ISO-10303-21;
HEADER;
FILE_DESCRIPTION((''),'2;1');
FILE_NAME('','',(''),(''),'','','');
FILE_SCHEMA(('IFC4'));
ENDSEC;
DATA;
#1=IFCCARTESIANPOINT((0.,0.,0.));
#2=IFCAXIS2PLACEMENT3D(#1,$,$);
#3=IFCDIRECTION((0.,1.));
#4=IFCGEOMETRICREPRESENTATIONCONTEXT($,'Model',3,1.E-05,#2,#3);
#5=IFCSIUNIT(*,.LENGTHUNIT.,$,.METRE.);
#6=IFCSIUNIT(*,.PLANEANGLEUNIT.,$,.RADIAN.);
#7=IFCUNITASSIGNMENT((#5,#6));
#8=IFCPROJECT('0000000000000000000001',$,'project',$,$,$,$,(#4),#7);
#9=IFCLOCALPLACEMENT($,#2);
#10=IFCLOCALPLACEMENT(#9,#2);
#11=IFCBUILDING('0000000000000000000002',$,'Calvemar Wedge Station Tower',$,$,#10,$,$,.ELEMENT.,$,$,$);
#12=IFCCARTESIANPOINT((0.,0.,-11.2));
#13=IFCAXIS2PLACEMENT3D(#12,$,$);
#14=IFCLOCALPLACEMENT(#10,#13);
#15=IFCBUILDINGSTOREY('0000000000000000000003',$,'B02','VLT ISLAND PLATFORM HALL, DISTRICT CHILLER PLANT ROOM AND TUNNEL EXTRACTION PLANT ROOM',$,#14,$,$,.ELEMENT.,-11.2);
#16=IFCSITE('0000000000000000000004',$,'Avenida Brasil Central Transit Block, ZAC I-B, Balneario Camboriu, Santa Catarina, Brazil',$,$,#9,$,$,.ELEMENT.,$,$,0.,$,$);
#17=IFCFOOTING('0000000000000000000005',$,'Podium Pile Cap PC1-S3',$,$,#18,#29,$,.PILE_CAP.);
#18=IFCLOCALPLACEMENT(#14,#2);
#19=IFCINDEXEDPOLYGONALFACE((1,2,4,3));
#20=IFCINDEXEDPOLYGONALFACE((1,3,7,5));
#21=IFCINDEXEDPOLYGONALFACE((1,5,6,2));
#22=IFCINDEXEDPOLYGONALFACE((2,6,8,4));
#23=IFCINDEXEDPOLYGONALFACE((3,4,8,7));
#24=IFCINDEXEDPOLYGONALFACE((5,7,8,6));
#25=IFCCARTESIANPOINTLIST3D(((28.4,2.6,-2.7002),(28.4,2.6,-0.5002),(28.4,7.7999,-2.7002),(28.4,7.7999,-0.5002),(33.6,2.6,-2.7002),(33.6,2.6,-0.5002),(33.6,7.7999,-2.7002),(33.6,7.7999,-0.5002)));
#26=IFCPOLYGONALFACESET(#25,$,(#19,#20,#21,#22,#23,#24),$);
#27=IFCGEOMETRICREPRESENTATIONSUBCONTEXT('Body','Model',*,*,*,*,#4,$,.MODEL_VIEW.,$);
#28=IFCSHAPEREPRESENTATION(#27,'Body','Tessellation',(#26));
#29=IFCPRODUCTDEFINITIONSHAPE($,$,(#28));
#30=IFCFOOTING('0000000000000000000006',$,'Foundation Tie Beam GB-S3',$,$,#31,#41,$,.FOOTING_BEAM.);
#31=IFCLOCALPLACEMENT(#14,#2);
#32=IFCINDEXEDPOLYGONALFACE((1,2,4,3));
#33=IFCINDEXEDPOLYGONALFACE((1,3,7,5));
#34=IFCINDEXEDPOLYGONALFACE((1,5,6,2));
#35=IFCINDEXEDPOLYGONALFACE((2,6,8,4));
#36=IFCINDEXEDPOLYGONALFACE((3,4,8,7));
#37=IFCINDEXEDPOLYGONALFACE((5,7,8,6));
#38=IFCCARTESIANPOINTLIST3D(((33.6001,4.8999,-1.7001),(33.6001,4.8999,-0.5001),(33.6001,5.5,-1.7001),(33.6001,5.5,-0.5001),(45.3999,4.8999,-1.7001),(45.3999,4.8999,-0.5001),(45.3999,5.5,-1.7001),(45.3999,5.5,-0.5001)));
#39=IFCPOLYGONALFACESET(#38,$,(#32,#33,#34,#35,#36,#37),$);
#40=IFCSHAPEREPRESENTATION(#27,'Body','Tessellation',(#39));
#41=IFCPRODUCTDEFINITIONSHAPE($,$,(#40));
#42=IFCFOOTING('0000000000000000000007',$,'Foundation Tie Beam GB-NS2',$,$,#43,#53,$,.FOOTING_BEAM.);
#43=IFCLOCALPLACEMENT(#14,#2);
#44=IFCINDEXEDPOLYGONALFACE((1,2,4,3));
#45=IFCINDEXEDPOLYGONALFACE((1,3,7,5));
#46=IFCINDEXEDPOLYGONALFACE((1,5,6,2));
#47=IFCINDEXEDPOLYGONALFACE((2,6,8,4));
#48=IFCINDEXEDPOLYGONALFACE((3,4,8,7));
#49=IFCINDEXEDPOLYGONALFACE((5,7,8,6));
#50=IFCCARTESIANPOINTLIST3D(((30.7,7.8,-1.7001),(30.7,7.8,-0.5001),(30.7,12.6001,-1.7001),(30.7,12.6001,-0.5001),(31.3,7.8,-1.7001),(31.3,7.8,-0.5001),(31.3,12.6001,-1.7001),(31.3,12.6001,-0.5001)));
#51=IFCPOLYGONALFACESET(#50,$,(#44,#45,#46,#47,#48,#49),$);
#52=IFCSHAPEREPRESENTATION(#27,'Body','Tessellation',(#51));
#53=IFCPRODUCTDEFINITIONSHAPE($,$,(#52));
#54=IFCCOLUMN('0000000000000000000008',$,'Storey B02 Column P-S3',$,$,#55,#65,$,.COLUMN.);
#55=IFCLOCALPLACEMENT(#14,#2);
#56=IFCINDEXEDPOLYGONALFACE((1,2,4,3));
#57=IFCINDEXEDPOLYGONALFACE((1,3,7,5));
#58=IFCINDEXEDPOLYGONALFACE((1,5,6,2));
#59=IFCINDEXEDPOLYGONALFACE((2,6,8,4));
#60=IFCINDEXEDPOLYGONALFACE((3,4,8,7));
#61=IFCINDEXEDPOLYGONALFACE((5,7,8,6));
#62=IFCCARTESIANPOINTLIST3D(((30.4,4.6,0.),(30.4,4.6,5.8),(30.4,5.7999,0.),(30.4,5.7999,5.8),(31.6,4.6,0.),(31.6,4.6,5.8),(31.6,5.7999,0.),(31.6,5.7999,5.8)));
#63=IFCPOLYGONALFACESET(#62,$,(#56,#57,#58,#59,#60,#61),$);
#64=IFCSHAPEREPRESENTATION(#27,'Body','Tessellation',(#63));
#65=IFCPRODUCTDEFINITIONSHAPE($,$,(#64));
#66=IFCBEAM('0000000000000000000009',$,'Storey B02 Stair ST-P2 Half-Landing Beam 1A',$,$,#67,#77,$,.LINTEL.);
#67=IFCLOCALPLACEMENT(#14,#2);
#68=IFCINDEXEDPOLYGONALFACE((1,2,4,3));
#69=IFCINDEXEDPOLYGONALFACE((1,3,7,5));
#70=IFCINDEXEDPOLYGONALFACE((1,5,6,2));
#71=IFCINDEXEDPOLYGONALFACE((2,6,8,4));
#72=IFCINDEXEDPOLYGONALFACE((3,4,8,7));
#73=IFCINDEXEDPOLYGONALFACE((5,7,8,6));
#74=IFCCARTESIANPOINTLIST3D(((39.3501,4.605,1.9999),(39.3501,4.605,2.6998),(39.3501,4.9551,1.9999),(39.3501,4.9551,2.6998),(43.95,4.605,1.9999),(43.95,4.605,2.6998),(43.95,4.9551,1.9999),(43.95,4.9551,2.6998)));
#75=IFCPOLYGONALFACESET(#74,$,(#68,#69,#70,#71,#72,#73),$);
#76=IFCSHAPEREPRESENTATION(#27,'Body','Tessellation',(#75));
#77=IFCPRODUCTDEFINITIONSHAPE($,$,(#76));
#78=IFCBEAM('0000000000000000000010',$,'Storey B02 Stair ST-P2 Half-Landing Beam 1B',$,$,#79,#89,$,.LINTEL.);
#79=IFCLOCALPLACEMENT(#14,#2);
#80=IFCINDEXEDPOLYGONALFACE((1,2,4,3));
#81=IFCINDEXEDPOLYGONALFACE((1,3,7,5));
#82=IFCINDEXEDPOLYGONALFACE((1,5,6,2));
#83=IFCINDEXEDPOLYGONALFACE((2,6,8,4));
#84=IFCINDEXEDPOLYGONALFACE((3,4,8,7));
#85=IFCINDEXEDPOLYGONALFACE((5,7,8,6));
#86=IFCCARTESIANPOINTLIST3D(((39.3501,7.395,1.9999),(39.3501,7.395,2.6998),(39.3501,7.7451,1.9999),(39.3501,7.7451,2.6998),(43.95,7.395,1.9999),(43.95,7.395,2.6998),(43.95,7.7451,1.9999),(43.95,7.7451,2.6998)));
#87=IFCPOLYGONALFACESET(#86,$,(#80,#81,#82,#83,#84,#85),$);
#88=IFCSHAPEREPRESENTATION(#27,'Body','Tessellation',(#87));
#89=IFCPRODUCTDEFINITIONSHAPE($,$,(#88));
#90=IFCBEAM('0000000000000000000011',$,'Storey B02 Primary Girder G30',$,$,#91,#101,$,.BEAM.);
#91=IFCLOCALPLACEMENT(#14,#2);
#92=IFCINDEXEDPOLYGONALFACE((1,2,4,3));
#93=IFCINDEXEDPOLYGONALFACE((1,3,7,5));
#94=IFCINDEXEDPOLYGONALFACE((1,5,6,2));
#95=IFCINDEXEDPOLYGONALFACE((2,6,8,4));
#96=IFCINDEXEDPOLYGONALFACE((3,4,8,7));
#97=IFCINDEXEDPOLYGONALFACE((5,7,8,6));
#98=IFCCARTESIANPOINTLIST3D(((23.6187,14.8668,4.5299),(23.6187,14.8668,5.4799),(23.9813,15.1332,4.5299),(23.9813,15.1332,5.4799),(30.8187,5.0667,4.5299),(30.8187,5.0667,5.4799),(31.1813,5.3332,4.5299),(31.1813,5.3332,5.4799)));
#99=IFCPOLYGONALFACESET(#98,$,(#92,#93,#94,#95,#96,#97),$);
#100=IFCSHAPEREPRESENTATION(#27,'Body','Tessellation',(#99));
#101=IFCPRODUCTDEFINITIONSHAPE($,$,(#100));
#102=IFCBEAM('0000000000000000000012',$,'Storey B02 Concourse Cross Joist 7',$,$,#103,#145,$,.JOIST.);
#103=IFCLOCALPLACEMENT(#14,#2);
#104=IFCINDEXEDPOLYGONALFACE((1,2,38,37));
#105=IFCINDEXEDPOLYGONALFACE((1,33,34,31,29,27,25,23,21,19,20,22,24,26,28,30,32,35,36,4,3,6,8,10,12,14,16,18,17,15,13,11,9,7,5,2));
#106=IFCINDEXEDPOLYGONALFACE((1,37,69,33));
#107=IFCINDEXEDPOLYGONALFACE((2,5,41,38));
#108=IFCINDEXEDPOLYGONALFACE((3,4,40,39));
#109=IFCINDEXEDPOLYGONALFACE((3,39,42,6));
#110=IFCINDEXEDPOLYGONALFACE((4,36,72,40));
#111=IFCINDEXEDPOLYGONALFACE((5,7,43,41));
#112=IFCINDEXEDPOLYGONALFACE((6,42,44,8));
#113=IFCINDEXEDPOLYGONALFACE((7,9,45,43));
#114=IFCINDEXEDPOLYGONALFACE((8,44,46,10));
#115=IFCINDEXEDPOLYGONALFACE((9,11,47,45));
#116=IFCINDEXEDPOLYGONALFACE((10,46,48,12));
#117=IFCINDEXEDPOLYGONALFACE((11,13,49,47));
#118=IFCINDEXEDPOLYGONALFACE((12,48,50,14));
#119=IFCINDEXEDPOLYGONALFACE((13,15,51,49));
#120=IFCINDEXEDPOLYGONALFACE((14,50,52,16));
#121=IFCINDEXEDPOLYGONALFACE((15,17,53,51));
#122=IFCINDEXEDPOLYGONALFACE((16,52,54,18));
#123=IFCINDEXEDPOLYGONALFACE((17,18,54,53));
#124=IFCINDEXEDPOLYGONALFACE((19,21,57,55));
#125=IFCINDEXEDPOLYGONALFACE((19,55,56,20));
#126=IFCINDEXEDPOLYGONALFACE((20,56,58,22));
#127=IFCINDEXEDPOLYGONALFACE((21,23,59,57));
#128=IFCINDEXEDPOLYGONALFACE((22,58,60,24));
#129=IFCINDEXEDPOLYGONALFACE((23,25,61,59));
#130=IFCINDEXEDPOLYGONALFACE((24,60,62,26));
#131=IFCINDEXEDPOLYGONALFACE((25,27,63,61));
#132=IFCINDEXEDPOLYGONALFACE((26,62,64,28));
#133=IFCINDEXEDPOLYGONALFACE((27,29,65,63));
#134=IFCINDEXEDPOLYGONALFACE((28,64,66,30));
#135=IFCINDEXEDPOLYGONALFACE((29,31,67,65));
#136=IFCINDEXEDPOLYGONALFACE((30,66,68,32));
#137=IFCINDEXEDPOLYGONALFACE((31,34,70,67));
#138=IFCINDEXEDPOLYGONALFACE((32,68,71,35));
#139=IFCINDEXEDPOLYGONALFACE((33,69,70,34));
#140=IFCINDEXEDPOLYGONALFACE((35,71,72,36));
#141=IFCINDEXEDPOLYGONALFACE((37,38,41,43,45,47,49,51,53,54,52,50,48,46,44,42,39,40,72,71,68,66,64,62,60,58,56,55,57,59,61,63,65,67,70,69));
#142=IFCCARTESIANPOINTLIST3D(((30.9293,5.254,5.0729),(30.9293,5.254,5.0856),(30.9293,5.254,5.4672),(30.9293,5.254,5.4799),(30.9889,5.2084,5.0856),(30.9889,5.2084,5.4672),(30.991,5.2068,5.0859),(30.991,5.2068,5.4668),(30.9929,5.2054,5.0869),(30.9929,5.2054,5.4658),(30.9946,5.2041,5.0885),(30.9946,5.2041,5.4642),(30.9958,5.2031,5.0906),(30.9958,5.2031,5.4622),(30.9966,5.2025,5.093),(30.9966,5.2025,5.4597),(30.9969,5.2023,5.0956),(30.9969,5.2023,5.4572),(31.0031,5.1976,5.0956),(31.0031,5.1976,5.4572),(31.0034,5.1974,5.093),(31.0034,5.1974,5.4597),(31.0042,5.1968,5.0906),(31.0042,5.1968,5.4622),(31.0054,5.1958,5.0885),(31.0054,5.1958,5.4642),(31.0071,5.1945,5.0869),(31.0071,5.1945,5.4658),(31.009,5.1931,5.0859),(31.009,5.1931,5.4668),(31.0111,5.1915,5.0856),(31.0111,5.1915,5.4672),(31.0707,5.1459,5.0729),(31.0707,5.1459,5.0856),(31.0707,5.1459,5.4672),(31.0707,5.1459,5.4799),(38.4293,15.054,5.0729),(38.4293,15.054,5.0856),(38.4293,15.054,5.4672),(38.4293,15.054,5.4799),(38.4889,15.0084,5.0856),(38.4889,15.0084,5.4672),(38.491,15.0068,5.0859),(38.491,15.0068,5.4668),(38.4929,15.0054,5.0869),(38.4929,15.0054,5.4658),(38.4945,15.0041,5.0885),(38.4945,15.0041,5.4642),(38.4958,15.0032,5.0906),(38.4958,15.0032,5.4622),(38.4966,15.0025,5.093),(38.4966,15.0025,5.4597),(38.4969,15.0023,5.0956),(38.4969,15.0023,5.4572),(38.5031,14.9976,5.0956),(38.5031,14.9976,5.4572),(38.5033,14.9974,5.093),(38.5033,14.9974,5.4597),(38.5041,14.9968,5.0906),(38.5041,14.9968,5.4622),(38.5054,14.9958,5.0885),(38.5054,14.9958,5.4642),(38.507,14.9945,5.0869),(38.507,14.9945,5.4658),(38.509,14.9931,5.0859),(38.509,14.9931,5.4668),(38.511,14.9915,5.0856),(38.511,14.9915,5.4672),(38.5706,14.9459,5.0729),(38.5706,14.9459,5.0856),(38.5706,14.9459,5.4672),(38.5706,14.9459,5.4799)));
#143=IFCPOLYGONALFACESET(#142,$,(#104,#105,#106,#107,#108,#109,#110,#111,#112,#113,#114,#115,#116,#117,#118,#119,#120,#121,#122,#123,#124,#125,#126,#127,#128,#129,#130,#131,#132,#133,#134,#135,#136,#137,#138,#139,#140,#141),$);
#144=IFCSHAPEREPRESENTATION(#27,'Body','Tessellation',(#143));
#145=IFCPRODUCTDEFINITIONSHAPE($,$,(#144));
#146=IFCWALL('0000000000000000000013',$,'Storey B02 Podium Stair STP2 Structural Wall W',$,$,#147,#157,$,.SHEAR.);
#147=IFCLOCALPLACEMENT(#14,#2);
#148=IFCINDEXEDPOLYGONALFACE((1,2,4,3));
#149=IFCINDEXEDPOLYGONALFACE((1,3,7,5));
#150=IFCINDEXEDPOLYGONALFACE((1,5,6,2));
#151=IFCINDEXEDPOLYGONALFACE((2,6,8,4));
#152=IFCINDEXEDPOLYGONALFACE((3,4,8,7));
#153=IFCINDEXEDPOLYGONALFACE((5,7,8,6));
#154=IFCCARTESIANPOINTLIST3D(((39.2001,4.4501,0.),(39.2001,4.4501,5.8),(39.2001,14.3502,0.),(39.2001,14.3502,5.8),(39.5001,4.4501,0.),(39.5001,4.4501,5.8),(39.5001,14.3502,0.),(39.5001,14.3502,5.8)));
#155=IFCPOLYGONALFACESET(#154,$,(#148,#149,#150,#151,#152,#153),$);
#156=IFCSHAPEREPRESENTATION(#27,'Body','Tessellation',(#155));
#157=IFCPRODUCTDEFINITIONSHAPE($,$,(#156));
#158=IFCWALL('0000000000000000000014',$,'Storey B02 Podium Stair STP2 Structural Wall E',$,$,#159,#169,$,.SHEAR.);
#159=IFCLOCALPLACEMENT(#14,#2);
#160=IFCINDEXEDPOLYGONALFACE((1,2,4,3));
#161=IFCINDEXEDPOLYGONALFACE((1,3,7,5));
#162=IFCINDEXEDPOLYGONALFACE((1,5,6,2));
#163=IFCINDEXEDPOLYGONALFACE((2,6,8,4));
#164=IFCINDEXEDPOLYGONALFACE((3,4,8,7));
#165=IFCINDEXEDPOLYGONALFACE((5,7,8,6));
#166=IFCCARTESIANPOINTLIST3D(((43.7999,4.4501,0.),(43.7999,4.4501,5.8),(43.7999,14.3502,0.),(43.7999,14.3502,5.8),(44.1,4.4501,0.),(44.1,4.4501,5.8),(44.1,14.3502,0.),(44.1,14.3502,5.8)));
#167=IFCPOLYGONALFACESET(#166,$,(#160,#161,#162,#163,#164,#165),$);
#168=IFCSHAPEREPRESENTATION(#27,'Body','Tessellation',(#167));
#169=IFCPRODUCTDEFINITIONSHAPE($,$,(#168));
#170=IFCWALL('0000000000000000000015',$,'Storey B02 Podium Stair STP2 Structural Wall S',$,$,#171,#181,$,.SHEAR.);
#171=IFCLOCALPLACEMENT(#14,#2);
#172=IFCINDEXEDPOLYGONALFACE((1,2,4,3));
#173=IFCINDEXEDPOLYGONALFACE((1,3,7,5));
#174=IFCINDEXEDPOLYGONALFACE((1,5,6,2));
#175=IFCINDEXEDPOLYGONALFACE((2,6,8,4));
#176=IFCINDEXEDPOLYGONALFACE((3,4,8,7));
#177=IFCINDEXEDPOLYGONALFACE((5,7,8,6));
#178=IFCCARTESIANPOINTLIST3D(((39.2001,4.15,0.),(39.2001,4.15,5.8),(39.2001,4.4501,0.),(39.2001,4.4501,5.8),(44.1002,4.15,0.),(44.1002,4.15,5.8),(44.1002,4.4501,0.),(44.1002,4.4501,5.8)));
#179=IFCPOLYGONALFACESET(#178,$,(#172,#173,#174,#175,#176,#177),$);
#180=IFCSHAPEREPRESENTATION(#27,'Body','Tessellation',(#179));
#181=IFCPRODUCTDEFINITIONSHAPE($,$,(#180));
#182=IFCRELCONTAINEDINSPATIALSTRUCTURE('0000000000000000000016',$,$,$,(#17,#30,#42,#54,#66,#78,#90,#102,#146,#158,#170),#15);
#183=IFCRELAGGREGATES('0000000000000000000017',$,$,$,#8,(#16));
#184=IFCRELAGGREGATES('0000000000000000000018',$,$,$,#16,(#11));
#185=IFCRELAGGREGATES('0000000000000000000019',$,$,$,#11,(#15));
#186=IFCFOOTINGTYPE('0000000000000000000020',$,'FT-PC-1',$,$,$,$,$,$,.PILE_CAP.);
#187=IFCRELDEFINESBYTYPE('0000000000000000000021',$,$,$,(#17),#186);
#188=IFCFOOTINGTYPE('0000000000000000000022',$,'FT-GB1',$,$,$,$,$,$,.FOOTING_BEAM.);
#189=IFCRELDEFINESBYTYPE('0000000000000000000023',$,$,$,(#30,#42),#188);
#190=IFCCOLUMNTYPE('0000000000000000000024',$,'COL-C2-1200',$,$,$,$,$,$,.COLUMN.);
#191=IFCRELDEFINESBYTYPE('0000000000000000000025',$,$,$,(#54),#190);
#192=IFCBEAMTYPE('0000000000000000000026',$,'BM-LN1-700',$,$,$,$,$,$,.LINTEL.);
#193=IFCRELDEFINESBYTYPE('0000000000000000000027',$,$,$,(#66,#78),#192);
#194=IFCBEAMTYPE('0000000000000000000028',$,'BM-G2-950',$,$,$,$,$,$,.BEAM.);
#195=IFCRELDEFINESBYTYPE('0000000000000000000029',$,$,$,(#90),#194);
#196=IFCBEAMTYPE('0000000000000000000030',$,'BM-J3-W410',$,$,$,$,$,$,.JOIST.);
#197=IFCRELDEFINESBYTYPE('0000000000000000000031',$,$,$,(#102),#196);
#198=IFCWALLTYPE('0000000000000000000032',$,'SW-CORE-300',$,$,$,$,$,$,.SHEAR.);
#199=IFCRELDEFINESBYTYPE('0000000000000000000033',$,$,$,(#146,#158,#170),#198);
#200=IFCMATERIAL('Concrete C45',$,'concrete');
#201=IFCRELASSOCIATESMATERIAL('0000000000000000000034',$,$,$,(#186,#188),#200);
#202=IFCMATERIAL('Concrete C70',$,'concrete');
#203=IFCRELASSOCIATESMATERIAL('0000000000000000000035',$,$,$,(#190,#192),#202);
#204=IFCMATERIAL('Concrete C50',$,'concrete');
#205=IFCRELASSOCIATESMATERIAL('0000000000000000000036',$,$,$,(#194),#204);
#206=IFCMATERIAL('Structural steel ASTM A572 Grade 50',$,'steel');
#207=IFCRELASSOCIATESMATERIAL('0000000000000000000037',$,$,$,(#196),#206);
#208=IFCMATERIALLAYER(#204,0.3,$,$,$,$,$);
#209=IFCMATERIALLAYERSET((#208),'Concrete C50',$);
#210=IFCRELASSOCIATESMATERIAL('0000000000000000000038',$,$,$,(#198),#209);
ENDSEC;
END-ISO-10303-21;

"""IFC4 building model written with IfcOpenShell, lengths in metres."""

from ifc_helpers import new_model, si_unit, direction, frame, frame_2d, origin, origin_2d, place, context, subcontext, project, spatial, rectangle, i_section, extrude, source, transform, mapped, material, layer, layer_set, material_profile, profile_set, type_object, element, save


model = new_model("IFC4")

# Units and contexts
model_context = context("Model", 3, precision=1e-05, world=origin(), true_north=direction((0.0, 1.0)))
body_context = subcontext(model_context, "Body", "Model", "MODEL_VIEW")
ifc_project = project(units=[si_unit("LENGTHUNIT", "METRE"), si_unit("PLANEANGLEUNIT", "RADIAN")], contexts=[model_context])

# Site, building, storey
site_placement = place(None, origin())
site = spatial("IfcSite", under=ifc_project, at=site_placement, Name="Avenida Brasil Central Transit Block, ZAC I-B, Balneario Camboriu, Santa Catarina, Brazil", CompositionType="ELEMENT", RefElevation=0.0)
building_placement = place(site_placement, origin())
building = spatial("IfcBuilding", under=site, at=building_placement, Name="Calvemar Wedge Station Tower", CompositionType="ELEMENT")
storey_placement = place(building_placement, frame((0.0, 0.0, -11.2)))
storey = spatial("IfcBuildingStorey", under=building, at=storey_placement, Name="B02", Description="VLT ISLAND PLATFORM HALL, DISTRICT CHILLER PLANT ROOM AND TUNNEL EXTRACTION PLANT ROOM", CompositionType="ELEMENT", Elevation=-11.2)

# Shared definitions
ifc_material_1 = material(Name="Concrete C45", Category="concrete")

# Footings
footing_type_1 = type_object("IfcFootingType", Name="FT-PC-1", PredefinedType="PILE_CAP", material=ifc_material_1)
shared_shape_1 = source(origin(), body_context, "Body", "SweptSolid", [
    extrude(rectangle(XDim=5.2, YDim=5.2, at=origin_2d()), origin(), (0.0, 0.0, 1.0), 2.2),
])
footing_1_placement = place(storey_placement, frame((31.0, 5.2, -2.7002), z_axis=(0.0, 0.0, 1.0), x_axis=(1.0, 0.0, 0.0)))
element("IfcFooting", 1, at=footing_1_placement, inside=storey, type_object=footing_type_1, Name="Podium Pile Cap PC1-S3", PredefinedType="PILE_CAP", context=body_context, shape_type="MappedRepresentation", body=[
    mapped(shared_shape_1, transform((0.0, 0.0, 0.0), scale=1.0)),
])
ifc_material_profile_1 = material_profile(ifc_material_1, rectangle(XDim=0.6001, YDim=1.2, at=origin_2d()), Name="RC600x1200")
ifc_profile_set_1 = profile_set([ifc_material_profile_1], Name="Concrete C45")
footing_type_2 = type_object("IfcFootingType", Name="FT-GB1", PredefinedType="FOOTING_BEAM", material=ifc_profile_set_1)
shared_shape_2 = source(origin(), body_context, "Body", "SweptSolid", [
    extrude(rectangle(XDim=0.6001, YDim=1.2, at=origin_2d()), origin(), (0.0, 0.0, 1.0), 11.7998),
])
footing_2_placement = place(storey_placement, frame((33.6001, 5.2, -1.1001), z_axis=(1.0, 0.0, 0.0), x_axis=(0.0, 1.0, 0.0)))
element("IfcFooting", 2, at=footing_2_placement, inside=storey, type_object=footing_type_2, Name="Foundation Tie Beam GB-S3", PredefinedType="FOOTING_BEAM", context=body_context, shape_type="MappedRepresentation", body=[
    mapped(shared_shape_2, transform((0.0, 0.0, 0.0), scale=1.0)),
])
shared_shape_3 = source(origin(), body_context, "Body", "SweptSolid", [
    extrude(rectangle(XDim=0.6001, YDim=1.2, at=origin_2d()), origin(), (0.0, 0.0, 1.0), 4.8),
])
footing_3_placement = place(storey_placement, frame((31.0, 7.8, -1.1001), z_axis=(0.0, 1.0, 0.0), x_axis=(-1.0, 0.0, 0.0)))
element("IfcFooting", 3, at=footing_3_placement, inside=storey, type_object=footing_type_2, Name="Foundation Tie Beam GB-NS2", PredefinedType="FOOTING_BEAM", context=body_context, shape_type="MappedRepresentation", body=[
    mapped(shared_shape_3, transform((0.0, 0.0, 0.0), scale=1.0)),
])

# Column
ifc_material_2 = material(Name="Concrete C70", Category="concrete")
ifc_material_profile_2 = material_profile(ifc_material_2, rectangle(XDim=1.2, YDim=1.2, at=origin_2d()), Name="RC1200x1200")
ifc_profile_set_2 = profile_set([ifc_material_profile_2], Name="Concrete C70")
column_type = type_object("IfcColumnType", Name="COL-C2-1200", PredefinedType="COLUMN", material=ifc_profile_set_2)
shared_shape_4 = source(origin(), body_context, "Body", "SweptSolid", [
    extrude(rectangle(XDim=1.2, YDim=1.2, at=origin_2d()), origin(), (0.0, 0.0, 1.0), 5.8),
])
column_placement = place(storey_placement, frame((31.0, 5.2, 0.0), z_axis=(0.0, 0.0, 1.0), x_axis=(1.0, 0.0, 0.0)))
element("IfcColumn", 4, at=column_placement, inside=storey, type_object=column_type, Name="Storey B02 Column P-S3", PredefinedType="COLUMN", context=body_context, shape_type="MappedRepresentation", body=[
    mapped(shared_shape_4, transform((0.0, 0.0, 0.0), scale=1.0)),
])

# Beams
ifc_material_profile_3 = material_profile(ifc_material_2, rectangle(XDim=0.3501, YDim=0.7, at=origin_2d()), Name="RC350x700")
ifc_profile_set_3 = profile_set([ifc_material_profile_3], Name="Concrete C70")
beam_type_1 = type_object("IfcBeamType", Name="BM-LN1-700", PredefinedType="LINTEL", material=ifc_profile_set_3)
shared_shape_5 = source(origin(), body_context, "Body", "SweptSolid", [
    extrude(rectangle(XDim=0.3501, YDim=0.7, at=origin_2d()), origin(), (0.0, 0.0, 1.0), 4.5999),
])
for number, where, z_axis, x_axis, name in (
    (5, (39.3501, 4.78, 2.3499), (1.0, 0.0, 0.0), (0.0, 1.0, 0.0), "Storey B02 Stair ST-P2 Half-Landing Beam 1A"),
    (6, (39.3501, 7.5701, 2.3499), (1.0, 0.0, 0.0), (0.0, 1.0, 0.0), "Storey B02 Stair ST-P2 Half-Landing Beam 1B"),
):
    element("IfcBeam", number, at=place(storey_placement, frame(where, z_axis=z_axis, x_axis=x_axis)), inside=storey, type_object=beam_type_1, Name=name, PredefinedType="LINTEL", context=body_context, shape_type="MappedRepresentation", body=[
        mapped(shared_shape_5, transform((0.0, 0.0, 0.0), scale=1.0)),
    ])
ifc_material_3 = material(Name="Concrete C50", Category="concrete")
ifc_material_profile_4 = material_profile(ifc_material_3, rectangle(XDim=0.45, YDim=0.95, at=origin_2d()), Name="RC450x950")
ifc_profile_set_4 = profile_set([ifc_material_profile_4], Name="Concrete C50")
beam_type_2 = type_object("IfcBeamType", Name="BM-G2-950", PredefinedType="BEAM", material=ifc_profile_set_4)
shared_shape_6 = source(origin(), body_context, "Body", "SweptSolid", [
    extrude(rectangle(XDim=0.45, YDim=0.95, at=origin_2d()), origin(), (0.0, 0.0, 1.0), 12.1606),
])
beam_1_placement = place(storey_placement, frame((31.0, 5.2, 5.0049), z_axis=(-0.592072, 0.805885, 0.0), x_axis=(-0.805885, -0.592072, 0.0)))
element("IfcBeam", 7, at=beam_1_placement, inside=storey, type_object=beam_type_2, Name="Storey B02 Primary Girder G30", PredefinedType="BEAM", context=body_context, shape_type="MappedRepresentation", body=[
    mapped(shared_shape_6, transform((0.0, 0.0, 0.0), scale=1.0)),
])
ifc_material_4 = material(Name="Structural steel ASTM A572 Grade 50", Category="steel")
ifc_material_profile_5 = material_profile(ifc_material_4, i_section(OverallWidth=0.178, OverallDepth=0.407, WebThickness=0.0078, FlangeThickness=0.0127, FilletRadius=0.01, at=origin_2d()), Name="W410x60")
ifc_profile_set_5 = profile_set([ifc_material_profile_5], Name="Structural steel ASTM A572 Grade 50")
beam_type_3 = type_object("IfcBeamType", Name="BM-J3-W410", PredefinedType="JOIST", material=ifc_profile_set_5)
shared_shape_7 = source(origin(), body_context, "Body", "SweptSolid", [
    extrude(i_section(OverallWidth=0.178, OverallDepth=0.407, WebThickness=0.0078, FlangeThickness=0.0127, FilletRadius=0.01, at=origin_2d()), origin(), (0.0, 0.0, 1.0), 12.3406),
])
beam_2_placement = place(storey_placement, frame((31.0, 5.2, 5.2764), z_axis=(0.607749, 0.794129, 0.0), x_axis=(-0.794129, 0.607749, 0.0)))
element("IfcBeam", 8, at=beam_2_placement, inside=storey, type_object=beam_type_3, Name="Storey B02 Concourse Cross Joist 7", PredefinedType="JOIST", context=body_context, shape_type="MappedRepresentation", body=[
    mapped(shared_shape_7, transform((0.0, 0.0, 0.0), scale=1.0)),
])

# Walls
ifc_layer = layer(ifc_material_3, 0.3)
ifc_layer_set = layer_set([ifc_layer], Name="Concrete C50")
wall_type = type_object("IfcWallType", Name="SW-CORE-300", PredefinedType="SHEAR", material=ifc_layer_set)
for number, where, z_axis, x_axis, name in (
    (9, (39.3501, 4.45, 0.0), (0.0, 0.0, 1.0), (0.0, 1.0, 0.0), "Storey B02 Podium Stair STP2 Structural Wall W"),
    (10, (43.95, 4.45, 0.0), (0.0, 0.0, 1.0), (0.0, 1.0, 0.0), "Storey B02 Podium Stair STP2 Structural Wall E"),
):
    element("IfcWall", number, at=place(storey_placement, frame(where, z_axis=z_axis, x_axis=x_axis)), inside=storey, type_object=wall_type, Name=name, PredefinedType="SHEAR", context=body_context, shape_type="SweptSolid", body=[
        extrude(rectangle(XDim=9.9001, YDim=0.3, at=frame_2d((4.9502, 0.0))), origin(), (0.0, 0.0, 1.0), 5.8),
    ])
wall_placement = place(storey_placement, frame((39.2, 4.3, 0.0), z_axis=(0.0, 0.0, 1.0), x_axis=(1.0, 0.0, 0.0)))
element("IfcWall", 11, at=wall_placement, inside=storey, type_object=wall_type, Name="Storey B02 Podium Stair STP2 Structural Wall S", PredefinedType="SHEAR", context=body_context, shape_type="SweptSolid", body=[
    extrude(rectangle(XDim=4.9001, YDim=0.3, at=frame_2d((2.4502, 0.0))), origin(), (0.0, 0.0, 1.0), 5.8),
])

save(model, "model.ifc")
